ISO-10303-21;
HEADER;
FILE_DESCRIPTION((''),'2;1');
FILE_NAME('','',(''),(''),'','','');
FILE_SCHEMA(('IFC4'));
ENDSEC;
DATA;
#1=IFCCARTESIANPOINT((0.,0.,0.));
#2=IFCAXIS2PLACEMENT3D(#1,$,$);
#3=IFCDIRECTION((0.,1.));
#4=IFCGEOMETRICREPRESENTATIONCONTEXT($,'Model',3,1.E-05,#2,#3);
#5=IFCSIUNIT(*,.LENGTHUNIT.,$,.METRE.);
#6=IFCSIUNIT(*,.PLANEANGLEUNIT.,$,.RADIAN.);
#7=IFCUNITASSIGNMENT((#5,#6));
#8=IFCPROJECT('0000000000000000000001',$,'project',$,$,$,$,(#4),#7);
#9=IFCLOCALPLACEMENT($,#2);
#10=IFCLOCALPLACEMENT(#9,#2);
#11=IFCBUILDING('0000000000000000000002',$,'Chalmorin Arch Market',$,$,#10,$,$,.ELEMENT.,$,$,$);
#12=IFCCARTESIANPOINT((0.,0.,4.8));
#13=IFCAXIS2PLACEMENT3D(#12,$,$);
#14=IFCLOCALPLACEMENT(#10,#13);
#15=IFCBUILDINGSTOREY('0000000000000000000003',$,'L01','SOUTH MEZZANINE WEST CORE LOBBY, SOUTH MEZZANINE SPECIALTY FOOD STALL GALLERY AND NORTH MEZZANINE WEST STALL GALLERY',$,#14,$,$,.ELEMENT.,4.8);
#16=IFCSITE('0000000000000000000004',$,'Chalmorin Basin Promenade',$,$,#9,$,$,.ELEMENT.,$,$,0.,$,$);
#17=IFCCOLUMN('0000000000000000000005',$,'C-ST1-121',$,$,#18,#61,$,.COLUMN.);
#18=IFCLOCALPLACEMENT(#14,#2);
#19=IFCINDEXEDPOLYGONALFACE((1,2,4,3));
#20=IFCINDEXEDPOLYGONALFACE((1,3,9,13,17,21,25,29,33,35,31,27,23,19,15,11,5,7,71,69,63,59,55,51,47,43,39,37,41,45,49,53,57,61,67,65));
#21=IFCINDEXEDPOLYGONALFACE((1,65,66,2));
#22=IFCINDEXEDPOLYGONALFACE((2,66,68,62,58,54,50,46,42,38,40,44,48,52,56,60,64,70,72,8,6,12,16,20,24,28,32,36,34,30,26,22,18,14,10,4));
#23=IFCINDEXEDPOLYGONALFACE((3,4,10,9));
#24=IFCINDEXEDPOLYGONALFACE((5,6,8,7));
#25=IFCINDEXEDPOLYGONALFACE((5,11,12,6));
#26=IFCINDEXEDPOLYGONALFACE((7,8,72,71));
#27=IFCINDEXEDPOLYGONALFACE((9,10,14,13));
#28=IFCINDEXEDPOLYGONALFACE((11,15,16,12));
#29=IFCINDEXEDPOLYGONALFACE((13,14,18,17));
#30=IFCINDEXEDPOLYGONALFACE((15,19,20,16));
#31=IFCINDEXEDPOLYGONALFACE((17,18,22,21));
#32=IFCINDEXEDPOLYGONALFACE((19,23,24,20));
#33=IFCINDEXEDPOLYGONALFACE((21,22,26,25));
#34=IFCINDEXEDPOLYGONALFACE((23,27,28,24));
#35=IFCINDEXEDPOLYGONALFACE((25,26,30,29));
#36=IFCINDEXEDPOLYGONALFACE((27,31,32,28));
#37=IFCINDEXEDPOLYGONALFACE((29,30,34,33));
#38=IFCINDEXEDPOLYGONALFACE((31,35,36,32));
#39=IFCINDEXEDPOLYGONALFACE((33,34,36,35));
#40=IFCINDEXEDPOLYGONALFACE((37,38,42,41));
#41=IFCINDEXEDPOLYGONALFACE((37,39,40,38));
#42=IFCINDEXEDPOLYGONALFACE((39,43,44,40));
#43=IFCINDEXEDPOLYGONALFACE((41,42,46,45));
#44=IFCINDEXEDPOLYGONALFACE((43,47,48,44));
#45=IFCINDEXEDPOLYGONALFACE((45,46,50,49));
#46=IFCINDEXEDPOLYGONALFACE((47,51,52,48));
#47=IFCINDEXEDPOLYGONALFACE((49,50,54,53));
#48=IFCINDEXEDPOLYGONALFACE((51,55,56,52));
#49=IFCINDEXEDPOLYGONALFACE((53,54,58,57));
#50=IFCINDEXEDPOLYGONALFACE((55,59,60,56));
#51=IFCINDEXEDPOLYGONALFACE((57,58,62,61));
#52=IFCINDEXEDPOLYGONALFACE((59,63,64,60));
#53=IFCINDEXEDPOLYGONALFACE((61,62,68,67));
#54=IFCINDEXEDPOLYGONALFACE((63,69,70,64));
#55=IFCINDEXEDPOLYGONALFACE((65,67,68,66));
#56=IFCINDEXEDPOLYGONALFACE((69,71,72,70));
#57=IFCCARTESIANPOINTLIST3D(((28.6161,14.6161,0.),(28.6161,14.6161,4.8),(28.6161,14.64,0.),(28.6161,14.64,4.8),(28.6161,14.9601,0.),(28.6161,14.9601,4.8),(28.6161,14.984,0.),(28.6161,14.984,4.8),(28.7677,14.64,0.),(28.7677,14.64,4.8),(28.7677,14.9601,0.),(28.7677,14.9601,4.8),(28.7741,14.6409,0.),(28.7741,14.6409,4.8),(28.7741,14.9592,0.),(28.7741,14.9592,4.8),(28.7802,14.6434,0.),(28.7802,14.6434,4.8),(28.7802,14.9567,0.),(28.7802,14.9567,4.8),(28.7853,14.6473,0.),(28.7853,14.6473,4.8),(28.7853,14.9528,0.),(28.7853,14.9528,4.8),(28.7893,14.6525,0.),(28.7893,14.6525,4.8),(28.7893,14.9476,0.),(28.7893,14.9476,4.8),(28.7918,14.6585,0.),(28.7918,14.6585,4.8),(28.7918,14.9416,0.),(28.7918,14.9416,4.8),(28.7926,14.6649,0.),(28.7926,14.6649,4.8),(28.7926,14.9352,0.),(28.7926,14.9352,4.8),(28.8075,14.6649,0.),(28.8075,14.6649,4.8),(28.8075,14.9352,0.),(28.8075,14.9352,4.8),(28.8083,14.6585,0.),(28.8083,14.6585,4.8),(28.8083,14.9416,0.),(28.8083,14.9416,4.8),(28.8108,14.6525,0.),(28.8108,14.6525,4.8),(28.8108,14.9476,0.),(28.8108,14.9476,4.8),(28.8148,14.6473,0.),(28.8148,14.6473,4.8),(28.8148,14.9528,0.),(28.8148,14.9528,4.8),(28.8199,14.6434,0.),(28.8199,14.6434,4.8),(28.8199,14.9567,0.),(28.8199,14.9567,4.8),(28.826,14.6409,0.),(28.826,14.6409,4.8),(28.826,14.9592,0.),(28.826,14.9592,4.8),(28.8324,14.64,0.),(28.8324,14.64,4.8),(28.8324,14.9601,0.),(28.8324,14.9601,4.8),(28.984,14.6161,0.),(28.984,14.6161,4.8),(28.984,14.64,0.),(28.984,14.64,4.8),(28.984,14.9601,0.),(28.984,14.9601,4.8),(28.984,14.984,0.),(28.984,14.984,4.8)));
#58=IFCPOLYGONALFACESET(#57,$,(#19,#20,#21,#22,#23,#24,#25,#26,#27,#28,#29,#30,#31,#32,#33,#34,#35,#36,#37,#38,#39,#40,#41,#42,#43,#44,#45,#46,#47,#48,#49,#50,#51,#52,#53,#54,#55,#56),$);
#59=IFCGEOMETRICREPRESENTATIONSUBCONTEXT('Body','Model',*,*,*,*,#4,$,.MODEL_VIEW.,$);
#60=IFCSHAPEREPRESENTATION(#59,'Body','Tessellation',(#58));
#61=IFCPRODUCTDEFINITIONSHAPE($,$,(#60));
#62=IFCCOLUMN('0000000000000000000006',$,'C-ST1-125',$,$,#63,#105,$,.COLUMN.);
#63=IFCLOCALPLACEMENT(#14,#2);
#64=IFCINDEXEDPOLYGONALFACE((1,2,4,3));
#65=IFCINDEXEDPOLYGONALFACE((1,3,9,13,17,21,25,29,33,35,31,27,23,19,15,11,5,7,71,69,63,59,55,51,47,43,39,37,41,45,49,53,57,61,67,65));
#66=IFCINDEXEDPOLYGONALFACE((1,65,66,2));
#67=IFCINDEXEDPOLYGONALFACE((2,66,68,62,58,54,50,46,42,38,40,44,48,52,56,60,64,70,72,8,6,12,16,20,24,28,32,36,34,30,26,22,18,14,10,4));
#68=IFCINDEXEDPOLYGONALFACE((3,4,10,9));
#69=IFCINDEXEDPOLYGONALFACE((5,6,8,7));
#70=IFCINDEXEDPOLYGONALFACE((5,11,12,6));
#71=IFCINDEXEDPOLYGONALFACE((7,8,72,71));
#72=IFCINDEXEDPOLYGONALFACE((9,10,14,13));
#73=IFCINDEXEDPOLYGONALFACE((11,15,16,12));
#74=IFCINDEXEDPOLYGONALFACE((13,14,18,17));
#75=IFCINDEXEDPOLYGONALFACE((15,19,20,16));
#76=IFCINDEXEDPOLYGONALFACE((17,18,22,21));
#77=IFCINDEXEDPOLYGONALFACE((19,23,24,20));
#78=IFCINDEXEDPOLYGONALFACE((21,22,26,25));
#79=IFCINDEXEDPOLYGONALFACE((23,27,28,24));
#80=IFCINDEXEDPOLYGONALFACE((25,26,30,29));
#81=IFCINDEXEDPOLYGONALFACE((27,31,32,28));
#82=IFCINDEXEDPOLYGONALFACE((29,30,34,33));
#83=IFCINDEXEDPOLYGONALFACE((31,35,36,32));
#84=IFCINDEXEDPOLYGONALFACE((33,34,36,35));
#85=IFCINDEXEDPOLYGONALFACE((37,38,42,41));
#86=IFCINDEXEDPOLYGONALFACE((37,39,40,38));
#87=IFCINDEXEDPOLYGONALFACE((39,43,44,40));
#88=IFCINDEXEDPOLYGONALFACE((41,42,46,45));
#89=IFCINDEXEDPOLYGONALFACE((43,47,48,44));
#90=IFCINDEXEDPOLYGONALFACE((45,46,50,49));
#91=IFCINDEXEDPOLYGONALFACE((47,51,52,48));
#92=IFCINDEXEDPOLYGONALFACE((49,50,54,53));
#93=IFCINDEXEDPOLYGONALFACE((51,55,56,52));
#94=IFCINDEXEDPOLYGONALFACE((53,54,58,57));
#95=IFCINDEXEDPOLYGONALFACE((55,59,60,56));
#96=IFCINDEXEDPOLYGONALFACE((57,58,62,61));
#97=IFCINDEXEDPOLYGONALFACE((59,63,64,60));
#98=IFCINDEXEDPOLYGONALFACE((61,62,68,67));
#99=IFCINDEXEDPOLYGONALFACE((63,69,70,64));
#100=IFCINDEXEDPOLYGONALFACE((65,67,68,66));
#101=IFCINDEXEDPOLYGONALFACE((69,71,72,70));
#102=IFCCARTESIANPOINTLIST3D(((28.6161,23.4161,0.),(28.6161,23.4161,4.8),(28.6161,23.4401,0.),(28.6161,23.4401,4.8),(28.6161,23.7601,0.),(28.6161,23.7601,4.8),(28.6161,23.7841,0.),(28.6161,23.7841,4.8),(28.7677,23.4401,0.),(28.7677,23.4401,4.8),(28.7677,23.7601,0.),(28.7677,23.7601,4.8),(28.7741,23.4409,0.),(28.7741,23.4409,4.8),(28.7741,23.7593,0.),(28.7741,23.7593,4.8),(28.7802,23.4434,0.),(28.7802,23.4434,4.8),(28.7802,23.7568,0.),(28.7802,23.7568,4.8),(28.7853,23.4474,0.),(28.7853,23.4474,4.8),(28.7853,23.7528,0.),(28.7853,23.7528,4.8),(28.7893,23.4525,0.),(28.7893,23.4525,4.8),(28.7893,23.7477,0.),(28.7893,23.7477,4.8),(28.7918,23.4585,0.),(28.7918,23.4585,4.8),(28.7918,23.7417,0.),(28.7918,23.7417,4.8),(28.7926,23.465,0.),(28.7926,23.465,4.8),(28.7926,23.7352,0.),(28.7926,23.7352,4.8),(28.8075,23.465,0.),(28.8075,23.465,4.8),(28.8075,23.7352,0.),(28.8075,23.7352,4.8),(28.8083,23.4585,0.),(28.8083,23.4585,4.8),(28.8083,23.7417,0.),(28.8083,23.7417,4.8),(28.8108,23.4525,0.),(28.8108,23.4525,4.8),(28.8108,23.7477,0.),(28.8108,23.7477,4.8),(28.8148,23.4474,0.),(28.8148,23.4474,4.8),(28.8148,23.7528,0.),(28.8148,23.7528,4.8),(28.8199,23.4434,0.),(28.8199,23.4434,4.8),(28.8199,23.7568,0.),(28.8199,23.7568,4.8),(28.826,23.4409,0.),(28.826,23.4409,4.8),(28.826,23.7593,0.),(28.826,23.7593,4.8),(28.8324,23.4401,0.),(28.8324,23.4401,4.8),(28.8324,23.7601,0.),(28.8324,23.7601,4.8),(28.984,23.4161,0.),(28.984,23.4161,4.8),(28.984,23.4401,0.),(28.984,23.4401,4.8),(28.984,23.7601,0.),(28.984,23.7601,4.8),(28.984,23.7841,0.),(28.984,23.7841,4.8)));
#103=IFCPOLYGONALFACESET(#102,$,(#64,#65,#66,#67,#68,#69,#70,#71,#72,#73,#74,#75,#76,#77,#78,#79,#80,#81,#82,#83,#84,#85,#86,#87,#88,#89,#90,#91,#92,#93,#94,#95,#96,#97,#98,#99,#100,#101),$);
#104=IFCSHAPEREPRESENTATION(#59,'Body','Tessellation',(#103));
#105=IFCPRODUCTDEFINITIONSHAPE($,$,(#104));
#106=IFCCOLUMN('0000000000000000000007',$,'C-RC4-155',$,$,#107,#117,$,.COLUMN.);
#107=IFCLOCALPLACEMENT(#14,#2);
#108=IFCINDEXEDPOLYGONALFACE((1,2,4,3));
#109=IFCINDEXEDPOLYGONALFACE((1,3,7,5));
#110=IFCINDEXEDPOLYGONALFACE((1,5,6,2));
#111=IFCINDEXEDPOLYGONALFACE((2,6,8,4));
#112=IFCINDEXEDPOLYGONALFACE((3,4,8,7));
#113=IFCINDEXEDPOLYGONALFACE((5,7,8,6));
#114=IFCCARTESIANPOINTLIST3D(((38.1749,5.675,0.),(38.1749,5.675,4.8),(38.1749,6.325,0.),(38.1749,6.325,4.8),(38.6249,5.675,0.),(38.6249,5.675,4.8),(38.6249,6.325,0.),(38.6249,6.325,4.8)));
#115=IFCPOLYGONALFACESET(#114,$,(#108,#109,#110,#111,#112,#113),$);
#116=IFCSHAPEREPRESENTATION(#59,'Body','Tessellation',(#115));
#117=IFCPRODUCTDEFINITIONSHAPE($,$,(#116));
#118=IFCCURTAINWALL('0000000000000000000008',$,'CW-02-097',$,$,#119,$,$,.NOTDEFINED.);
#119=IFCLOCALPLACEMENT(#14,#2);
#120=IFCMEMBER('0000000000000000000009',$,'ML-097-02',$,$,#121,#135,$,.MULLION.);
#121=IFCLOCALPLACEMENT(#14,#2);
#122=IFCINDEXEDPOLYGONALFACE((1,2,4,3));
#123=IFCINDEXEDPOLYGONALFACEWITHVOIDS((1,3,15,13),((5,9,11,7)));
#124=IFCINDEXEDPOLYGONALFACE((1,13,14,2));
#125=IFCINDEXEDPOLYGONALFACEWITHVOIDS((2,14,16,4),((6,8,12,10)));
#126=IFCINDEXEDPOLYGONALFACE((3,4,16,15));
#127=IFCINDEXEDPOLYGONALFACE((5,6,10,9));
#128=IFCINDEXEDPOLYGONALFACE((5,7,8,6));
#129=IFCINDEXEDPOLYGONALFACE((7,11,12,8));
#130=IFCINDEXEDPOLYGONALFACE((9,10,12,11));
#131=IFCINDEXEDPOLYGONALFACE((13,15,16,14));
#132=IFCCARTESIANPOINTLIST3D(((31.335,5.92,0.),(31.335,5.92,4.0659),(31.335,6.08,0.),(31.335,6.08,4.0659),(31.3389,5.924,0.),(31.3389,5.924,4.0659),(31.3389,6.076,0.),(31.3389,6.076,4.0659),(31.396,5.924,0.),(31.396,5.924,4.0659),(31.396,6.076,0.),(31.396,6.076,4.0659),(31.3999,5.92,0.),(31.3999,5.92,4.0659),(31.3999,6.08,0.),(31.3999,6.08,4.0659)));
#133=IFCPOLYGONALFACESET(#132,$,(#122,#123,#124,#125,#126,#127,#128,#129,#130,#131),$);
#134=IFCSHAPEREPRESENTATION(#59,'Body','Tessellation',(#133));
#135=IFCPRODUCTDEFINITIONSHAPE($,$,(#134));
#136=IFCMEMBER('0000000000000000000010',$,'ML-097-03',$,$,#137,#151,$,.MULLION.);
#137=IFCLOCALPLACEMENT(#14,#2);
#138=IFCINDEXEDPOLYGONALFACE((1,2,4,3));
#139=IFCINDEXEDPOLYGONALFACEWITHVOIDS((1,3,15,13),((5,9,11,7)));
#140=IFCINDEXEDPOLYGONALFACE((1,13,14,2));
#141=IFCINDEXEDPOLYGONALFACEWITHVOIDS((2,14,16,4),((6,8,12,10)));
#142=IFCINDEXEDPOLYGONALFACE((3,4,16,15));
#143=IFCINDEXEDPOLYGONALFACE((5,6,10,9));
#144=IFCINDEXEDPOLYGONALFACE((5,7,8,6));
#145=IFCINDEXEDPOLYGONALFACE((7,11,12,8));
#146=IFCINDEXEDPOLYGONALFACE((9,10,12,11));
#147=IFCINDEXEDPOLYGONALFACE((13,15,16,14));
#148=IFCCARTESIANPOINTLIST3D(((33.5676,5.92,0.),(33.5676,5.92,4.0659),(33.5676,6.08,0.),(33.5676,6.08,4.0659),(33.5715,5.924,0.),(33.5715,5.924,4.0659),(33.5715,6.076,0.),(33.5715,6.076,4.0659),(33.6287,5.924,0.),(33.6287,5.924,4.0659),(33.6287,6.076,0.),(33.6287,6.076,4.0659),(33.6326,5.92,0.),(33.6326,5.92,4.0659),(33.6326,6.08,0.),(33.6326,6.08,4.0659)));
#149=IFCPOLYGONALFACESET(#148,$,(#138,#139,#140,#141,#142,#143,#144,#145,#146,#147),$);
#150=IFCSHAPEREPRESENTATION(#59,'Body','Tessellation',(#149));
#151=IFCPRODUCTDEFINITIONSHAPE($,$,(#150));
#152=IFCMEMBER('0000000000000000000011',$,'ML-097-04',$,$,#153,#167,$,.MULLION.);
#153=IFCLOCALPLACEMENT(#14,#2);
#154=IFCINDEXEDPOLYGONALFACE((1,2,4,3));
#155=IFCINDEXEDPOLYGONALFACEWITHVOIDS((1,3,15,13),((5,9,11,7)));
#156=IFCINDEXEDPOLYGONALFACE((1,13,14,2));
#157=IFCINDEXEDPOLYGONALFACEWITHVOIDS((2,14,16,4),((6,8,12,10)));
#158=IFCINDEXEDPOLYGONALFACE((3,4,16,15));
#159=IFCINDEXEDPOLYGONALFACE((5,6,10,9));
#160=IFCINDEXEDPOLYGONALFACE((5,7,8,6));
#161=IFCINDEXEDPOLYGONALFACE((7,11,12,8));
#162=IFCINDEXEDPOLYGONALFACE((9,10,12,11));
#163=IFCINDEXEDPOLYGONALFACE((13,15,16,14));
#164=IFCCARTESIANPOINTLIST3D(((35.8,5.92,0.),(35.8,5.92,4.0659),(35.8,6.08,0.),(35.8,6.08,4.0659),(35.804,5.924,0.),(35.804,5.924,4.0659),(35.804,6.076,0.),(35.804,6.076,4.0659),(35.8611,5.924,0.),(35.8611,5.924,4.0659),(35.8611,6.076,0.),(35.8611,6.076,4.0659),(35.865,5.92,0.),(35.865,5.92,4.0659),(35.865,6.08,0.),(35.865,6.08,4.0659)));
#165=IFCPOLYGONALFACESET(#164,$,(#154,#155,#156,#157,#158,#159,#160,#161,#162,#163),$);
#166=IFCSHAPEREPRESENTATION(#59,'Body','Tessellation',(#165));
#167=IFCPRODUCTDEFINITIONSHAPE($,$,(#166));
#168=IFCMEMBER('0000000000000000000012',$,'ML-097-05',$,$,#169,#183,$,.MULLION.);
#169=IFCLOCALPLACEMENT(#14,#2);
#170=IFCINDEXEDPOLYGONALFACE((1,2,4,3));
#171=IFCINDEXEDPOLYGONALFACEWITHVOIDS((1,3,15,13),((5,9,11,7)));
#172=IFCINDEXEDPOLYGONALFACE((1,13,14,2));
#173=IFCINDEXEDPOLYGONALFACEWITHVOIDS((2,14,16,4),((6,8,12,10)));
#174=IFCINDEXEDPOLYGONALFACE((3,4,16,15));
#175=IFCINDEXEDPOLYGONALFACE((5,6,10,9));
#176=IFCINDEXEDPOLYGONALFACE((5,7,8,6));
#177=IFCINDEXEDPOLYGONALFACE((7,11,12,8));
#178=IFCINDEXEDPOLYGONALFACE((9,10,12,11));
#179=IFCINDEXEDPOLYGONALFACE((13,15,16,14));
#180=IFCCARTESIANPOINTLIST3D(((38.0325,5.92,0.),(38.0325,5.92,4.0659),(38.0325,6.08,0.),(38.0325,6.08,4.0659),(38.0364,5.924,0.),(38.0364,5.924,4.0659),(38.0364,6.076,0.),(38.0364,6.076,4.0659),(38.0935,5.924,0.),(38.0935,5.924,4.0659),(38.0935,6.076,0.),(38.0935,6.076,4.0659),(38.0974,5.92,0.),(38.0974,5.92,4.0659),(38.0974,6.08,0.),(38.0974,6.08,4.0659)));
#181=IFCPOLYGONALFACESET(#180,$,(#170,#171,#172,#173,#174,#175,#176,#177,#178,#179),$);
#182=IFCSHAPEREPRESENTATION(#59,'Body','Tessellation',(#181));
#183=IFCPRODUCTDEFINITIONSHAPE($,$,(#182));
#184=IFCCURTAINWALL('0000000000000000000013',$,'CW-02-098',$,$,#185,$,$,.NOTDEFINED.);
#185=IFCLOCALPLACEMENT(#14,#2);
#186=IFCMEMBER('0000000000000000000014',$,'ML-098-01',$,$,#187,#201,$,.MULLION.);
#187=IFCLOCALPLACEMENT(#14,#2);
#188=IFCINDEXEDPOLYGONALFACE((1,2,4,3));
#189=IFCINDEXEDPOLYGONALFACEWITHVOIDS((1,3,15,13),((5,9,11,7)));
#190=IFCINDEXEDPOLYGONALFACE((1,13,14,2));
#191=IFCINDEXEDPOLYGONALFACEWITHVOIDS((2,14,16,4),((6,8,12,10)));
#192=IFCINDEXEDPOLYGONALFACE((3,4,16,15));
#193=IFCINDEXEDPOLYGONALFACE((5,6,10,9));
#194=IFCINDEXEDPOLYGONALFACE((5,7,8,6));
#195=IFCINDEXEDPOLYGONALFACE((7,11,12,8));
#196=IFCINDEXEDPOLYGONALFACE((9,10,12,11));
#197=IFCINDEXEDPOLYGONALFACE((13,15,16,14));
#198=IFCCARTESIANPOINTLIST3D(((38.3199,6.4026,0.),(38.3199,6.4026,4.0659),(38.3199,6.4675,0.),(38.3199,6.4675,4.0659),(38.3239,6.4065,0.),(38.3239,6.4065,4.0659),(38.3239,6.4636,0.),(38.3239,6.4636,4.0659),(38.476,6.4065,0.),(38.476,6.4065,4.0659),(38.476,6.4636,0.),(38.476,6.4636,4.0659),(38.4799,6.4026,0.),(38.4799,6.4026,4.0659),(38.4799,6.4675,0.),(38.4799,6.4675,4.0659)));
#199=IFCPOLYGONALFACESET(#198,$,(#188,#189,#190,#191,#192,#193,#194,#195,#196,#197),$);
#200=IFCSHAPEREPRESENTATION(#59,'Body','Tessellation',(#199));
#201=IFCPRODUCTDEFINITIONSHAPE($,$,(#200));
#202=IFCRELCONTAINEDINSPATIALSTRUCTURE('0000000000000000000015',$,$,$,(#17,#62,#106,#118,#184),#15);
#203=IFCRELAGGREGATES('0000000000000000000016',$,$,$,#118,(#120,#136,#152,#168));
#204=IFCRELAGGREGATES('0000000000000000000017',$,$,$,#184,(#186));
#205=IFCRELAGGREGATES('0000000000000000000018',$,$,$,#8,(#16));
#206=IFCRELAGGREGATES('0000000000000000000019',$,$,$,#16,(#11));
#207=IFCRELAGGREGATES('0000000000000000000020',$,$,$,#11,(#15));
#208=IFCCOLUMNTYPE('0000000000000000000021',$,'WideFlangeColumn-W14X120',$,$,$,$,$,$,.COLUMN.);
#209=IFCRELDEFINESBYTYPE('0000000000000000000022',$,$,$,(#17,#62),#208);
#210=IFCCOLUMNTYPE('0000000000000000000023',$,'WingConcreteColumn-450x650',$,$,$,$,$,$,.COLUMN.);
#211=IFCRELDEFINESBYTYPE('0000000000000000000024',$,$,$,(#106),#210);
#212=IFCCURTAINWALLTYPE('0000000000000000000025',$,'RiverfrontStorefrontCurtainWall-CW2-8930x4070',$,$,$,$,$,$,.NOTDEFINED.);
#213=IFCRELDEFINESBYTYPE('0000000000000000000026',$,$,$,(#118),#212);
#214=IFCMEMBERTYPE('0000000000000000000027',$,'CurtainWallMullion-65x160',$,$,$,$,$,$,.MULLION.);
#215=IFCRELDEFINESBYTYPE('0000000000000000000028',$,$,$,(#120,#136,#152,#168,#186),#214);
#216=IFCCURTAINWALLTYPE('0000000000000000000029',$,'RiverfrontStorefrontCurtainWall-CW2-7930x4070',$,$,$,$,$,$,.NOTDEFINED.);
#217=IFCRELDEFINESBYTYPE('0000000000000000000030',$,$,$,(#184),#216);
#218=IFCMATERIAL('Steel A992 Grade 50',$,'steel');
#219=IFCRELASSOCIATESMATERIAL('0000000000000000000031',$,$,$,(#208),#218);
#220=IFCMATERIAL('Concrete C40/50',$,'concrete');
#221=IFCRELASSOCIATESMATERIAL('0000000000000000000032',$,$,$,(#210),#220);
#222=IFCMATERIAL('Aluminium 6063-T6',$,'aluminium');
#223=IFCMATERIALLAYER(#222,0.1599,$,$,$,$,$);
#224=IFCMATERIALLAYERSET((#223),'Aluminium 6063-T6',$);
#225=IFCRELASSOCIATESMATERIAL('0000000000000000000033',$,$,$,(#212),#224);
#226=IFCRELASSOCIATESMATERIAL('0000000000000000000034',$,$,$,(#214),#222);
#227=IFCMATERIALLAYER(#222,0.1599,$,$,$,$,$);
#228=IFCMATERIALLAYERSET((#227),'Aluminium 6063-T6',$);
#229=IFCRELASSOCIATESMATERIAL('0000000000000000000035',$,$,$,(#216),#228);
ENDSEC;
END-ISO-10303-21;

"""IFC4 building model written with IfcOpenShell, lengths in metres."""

from ifc_helpers import new_model, si_unit, direction, frame, origin, origin_2d, place, context, subcontext, project, spatial, rectangle, hollow_rectangle, i_section, extrude, material, layer, layer_set, material_profile, profile_set, type_object, element, aggregate, save


model = new_model("IFC4")

# Units and contexts
model_context = context("Model", 3, precision=1e-05, world=origin(), true_north=direction((0.0, 1.0)))
body_context = subcontext(model_context, "Body", "Model", "MODEL_VIEW")
ifc_project = project(units=[si_unit("LENGTHUNIT", "METRE"), si_unit("PLANEANGLEUNIT", "RADIAN")], contexts=[model_context])

# Site, building, storey
site_placement = place(None, origin())
site = spatial("IfcSite", under=ifc_project, at=site_placement, Name="Chalmorin Basin Promenade", CompositionType="ELEMENT", RefElevation=0.0)
building_placement = place(site_placement, origin())
building = spatial("IfcBuilding", under=site, at=building_placement, Name="Chalmorin Arch Market", CompositionType="ELEMENT")
storey_placement = place(building_placement, frame((0.0, 0.0, 4.8)))
storey = spatial("IfcBuildingStorey", under=building, at=storey_placement, Name="L01", Description="SOUTH MEZZANINE WEST CORE LOBBY, SOUTH MEZZANINE SPECIALTY FOOD STALL GALLERY AND NORTH MEZZANINE WEST STALL GALLERY", CompositionType="ELEMENT", Elevation=4.8)

# Columns
ifc_material_1 = material(Name="Steel A992 Grade 50", Category="steel")
ifc_material_profile_1 = material_profile(ifc_material_1, i_section(OverallWidth=0.3679, OverallDepth=0.3679, WebThickness=0.0149, FlangeThickness=0.0239, FilletRadius=0.0249, at=origin_2d()), Name="W14X120")
ifc_profile_set_1 = profile_set([ifc_material_profile_1], Name="Steel A992 Grade 50")
column_type_1 = type_object("IfcColumnType", Name="WideFlangeColumn-W14X120", PredefinedType="COLUMN", material=ifc_profile_set_1)
for number, where, z_axis, x_axis, name in (
    (1, (28.8, 14.8, 0.0), (0.0, 0.0, 1.0), (1.0, 0.0, 0.0), "C-ST1-121"),
    (2, (28.8, 23.6001, 0.0), (0.0, 0.0, 1.0), (1.0, 0.0, 0.0), "C-ST1-125"),
):
    element("IfcColumn", number, at=place(storey_placement, frame(where, z_axis=z_axis, x_axis=x_axis)), inside=storey, type_object=column_type_1, Name=name, PredefinedType="COLUMN", context=body_context, shape_type="SweptSolid", body=[
        extrude(i_section(OverallWidth=0.3679, OverallDepth=0.3679, WebThickness=0.0149, FlangeThickness=0.0239, FilletRadius=0.0249, at=origin_2d()), origin(), (0.0, 0.0, 1.0), 4.8),
    ])
ifc_material_2 = material(Name="Concrete C40/50", Category="concrete")
ifc_material_profile_2 = material_profile(ifc_material_2, rectangle(XDim=0.45, YDim=0.6499, at=origin_2d()), Name="RC450X650")
ifc_profile_set_2 = profile_set([ifc_material_profile_2], Name="Concrete C40/50")
column_type_2 = type_object("IfcColumnType", Name="WingConcreteColumn-450x650", PredefinedType="COLUMN", material=ifc_profile_set_2)
column_placement = place(storey_placement, frame((38.3999, 6.0, 0.0), z_axis=(0.0, 0.0, 1.0), x_axis=(1.0, 0.0, 0.0)))
element("IfcColumn", 3, at=column_placement, inside=storey, type_object=column_type_2, Name="C-RC4-155", PredefinedType="COLUMN", context=body_context, shape_type="SweptSolid", body=[
    extrude(rectangle(XDim=0.45, YDim=0.6499, at=origin_2d()), origin(), (0.0, 0.0, 1.0), 4.8),
])

# Curtain walls, members
ifc_material_3 = material(Name="Aluminium 6063-T6", Category="aluminium")
ifc_layer_1 = layer(ifc_material_3, 0.1599)
ifc_layer_set_1 = layer_set([ifc_layer_1], Name="Aluminium 6063-T6")
curtain_wall_type_1 = type_object("IfcCurtainWallType", Name="RiverfrontStorefrontCurtainWall-CW2-8930x4070", PredefinedType="NOTDEFINED", material=ifc_layer_set_1)
curtain_wall_1_placement = place(storey_placement, origin())
curtain_wall_1 = element("IfcCurtainWall", 4, at=curtain_wall_1_placement, inside=storey, type_object=curtain_wall_type_1, Name="CW-02-097", PredefinedType="NOTDEFINED")
ifc_material_profile_3 = material_profile(ifc_material_3, hollow_rectangle(XDim=0.0649, YDim=0.1599, WallThickness=0.0039, at=origin_2d()), Name="ALU65X160X4")
ifc_profile_set_3 = profile_set([ifc_material_profile_3], Name="Aluminium 6063-T6")
member_type_1 = type_object("IfcMemberType", Name="CurtainWallMullion-65x160", PredefinedType="MULLION", material=ifc_profile_set_3)
member_1_placement = place(storey_placement, frame((31.3674, 6.0, 0.0), z_axis=(0.0, 0.0, 1.0), x_axis=(1.0, 0.0, 0.0)))
member_1 = element("IfcMember", 5, at=member_1_placement, type_object=member_type_1, Name="ML-097-02", PredefinedType="MULLION", context=body_context, shape_type="SweptSolid", body=[
    extrude(hollow_rectangle(XDim=0.0649, YDim=0.1599, WallThickness=0.0039, at=origin_2d()), origin(), (0.0, 0.0, 1.0), 4.0659),
])
member_2_placement = place(storey_placement, frame((33.6001, 6.0, 0.0), z_axis=(0.0, 0.0, 1.0), x_axis=(1.0, 0.0, 0.0)))
member_2 = element("IfcMember", 6, at=member_2_placement, type_object=member_type_1, Name="ML-097-03", PredefinedType="MULLION", context=body_context, shape_type="SweptSolid", body=[
    extrude(hollow_rectangle(XDim=0.0649, YDim=0.1599, WallThickness=0.0039, at=origin_2d()), origin(), (0.0, 0.0, 1.0), 4.0659),
])
member_3_placement = place(storey_placement, frame((35.8325, 6.0, 0.0), z_axis=(0.0, 0.0, 1.0), x_axis=(1.0, 0.0, 0.0)))
member_3 = element("IfcMember", 7, at=member_3_placement, type_object=member_type_1, Name="ML-097-04", PredefinedType="MULLION", context=body_context, shape_type="SweptSolid", body=[
    extrude(hollow_rectangle(XDim=0.0649, YDim=0.1599, WallThickness=0.0039, at=origin_2d()), origin(), (0.0, 0.0, 1.0), 4.0659),
])
member_4_placement = place(storey_placement, frame((38.0649, 6.0, 0.0), z_axis=(0.0, 0.0, 1.0), x_axis=(1.0, 0.0, 0.0)))
member_4 = element("IfcMember", 8, at=member_4_placement, type_object=member_type_1, Name="ML-097-05", PredefinedType="MULLION", context=body_context, shape_type="SweptSolid", body=[
    extrude(hollow_rectangle(XDim=0.0649, YDim=0.1599, WallThickness=0.0039, at=origin_2d()), origin(), (0.0, 0.0, 1.0), 4.0659),
])
ifc_layer_2 = layer(ifc_material_3, 0.1599)
ifc_layer_set_2 = layer_set([ifc_layer_2], Name="Aluminium 6063-T6")
curtain_wall_type_2 = type_object("IfcCurtainWallType", Name="RiverfrontStorefrontCurtainWall-CW2-7930x4070", PredefinedType="NOTDEFINED", material=ifc_layer_set_2)
curtain_wall_2_placement = place(storey_placement, origin())
curtain_wall_2 = element("IfcCurtainWall", 9, at=curtain_wall_2_placement, inside=storey, type_object=curtain_wall_type_2, Name="CW-02-098", PredefinedType="NOTDEFINED")
member_5_placement = place(storey_placement, frame((38.3999, 6.4351, 0.0), z_axis=(0.0, 0.0, 1.0), x_axis=(0.0, 1.0, 0.0)))
member_5 = element("IfcMember", 10, at=member_5_placement, type_object=member_type_1, Name="ML-098-01", PredefinedType="MULLION", context=body_context, shape_type="SweptSolid", body=[
    extrude(hollow_rectangle(XDim=0.0649, YDim=0.1599, WallThickness=0.0039, at=origin_2d()), origin(), (0.0, 0.0, 1.0), 4.0659),
])

aggregate(curtain_wall_1, [member_1, member_2, member_3, member_4])
aggregate(curtain_wall_2, [member_5])

save(model, "model.ifc")
